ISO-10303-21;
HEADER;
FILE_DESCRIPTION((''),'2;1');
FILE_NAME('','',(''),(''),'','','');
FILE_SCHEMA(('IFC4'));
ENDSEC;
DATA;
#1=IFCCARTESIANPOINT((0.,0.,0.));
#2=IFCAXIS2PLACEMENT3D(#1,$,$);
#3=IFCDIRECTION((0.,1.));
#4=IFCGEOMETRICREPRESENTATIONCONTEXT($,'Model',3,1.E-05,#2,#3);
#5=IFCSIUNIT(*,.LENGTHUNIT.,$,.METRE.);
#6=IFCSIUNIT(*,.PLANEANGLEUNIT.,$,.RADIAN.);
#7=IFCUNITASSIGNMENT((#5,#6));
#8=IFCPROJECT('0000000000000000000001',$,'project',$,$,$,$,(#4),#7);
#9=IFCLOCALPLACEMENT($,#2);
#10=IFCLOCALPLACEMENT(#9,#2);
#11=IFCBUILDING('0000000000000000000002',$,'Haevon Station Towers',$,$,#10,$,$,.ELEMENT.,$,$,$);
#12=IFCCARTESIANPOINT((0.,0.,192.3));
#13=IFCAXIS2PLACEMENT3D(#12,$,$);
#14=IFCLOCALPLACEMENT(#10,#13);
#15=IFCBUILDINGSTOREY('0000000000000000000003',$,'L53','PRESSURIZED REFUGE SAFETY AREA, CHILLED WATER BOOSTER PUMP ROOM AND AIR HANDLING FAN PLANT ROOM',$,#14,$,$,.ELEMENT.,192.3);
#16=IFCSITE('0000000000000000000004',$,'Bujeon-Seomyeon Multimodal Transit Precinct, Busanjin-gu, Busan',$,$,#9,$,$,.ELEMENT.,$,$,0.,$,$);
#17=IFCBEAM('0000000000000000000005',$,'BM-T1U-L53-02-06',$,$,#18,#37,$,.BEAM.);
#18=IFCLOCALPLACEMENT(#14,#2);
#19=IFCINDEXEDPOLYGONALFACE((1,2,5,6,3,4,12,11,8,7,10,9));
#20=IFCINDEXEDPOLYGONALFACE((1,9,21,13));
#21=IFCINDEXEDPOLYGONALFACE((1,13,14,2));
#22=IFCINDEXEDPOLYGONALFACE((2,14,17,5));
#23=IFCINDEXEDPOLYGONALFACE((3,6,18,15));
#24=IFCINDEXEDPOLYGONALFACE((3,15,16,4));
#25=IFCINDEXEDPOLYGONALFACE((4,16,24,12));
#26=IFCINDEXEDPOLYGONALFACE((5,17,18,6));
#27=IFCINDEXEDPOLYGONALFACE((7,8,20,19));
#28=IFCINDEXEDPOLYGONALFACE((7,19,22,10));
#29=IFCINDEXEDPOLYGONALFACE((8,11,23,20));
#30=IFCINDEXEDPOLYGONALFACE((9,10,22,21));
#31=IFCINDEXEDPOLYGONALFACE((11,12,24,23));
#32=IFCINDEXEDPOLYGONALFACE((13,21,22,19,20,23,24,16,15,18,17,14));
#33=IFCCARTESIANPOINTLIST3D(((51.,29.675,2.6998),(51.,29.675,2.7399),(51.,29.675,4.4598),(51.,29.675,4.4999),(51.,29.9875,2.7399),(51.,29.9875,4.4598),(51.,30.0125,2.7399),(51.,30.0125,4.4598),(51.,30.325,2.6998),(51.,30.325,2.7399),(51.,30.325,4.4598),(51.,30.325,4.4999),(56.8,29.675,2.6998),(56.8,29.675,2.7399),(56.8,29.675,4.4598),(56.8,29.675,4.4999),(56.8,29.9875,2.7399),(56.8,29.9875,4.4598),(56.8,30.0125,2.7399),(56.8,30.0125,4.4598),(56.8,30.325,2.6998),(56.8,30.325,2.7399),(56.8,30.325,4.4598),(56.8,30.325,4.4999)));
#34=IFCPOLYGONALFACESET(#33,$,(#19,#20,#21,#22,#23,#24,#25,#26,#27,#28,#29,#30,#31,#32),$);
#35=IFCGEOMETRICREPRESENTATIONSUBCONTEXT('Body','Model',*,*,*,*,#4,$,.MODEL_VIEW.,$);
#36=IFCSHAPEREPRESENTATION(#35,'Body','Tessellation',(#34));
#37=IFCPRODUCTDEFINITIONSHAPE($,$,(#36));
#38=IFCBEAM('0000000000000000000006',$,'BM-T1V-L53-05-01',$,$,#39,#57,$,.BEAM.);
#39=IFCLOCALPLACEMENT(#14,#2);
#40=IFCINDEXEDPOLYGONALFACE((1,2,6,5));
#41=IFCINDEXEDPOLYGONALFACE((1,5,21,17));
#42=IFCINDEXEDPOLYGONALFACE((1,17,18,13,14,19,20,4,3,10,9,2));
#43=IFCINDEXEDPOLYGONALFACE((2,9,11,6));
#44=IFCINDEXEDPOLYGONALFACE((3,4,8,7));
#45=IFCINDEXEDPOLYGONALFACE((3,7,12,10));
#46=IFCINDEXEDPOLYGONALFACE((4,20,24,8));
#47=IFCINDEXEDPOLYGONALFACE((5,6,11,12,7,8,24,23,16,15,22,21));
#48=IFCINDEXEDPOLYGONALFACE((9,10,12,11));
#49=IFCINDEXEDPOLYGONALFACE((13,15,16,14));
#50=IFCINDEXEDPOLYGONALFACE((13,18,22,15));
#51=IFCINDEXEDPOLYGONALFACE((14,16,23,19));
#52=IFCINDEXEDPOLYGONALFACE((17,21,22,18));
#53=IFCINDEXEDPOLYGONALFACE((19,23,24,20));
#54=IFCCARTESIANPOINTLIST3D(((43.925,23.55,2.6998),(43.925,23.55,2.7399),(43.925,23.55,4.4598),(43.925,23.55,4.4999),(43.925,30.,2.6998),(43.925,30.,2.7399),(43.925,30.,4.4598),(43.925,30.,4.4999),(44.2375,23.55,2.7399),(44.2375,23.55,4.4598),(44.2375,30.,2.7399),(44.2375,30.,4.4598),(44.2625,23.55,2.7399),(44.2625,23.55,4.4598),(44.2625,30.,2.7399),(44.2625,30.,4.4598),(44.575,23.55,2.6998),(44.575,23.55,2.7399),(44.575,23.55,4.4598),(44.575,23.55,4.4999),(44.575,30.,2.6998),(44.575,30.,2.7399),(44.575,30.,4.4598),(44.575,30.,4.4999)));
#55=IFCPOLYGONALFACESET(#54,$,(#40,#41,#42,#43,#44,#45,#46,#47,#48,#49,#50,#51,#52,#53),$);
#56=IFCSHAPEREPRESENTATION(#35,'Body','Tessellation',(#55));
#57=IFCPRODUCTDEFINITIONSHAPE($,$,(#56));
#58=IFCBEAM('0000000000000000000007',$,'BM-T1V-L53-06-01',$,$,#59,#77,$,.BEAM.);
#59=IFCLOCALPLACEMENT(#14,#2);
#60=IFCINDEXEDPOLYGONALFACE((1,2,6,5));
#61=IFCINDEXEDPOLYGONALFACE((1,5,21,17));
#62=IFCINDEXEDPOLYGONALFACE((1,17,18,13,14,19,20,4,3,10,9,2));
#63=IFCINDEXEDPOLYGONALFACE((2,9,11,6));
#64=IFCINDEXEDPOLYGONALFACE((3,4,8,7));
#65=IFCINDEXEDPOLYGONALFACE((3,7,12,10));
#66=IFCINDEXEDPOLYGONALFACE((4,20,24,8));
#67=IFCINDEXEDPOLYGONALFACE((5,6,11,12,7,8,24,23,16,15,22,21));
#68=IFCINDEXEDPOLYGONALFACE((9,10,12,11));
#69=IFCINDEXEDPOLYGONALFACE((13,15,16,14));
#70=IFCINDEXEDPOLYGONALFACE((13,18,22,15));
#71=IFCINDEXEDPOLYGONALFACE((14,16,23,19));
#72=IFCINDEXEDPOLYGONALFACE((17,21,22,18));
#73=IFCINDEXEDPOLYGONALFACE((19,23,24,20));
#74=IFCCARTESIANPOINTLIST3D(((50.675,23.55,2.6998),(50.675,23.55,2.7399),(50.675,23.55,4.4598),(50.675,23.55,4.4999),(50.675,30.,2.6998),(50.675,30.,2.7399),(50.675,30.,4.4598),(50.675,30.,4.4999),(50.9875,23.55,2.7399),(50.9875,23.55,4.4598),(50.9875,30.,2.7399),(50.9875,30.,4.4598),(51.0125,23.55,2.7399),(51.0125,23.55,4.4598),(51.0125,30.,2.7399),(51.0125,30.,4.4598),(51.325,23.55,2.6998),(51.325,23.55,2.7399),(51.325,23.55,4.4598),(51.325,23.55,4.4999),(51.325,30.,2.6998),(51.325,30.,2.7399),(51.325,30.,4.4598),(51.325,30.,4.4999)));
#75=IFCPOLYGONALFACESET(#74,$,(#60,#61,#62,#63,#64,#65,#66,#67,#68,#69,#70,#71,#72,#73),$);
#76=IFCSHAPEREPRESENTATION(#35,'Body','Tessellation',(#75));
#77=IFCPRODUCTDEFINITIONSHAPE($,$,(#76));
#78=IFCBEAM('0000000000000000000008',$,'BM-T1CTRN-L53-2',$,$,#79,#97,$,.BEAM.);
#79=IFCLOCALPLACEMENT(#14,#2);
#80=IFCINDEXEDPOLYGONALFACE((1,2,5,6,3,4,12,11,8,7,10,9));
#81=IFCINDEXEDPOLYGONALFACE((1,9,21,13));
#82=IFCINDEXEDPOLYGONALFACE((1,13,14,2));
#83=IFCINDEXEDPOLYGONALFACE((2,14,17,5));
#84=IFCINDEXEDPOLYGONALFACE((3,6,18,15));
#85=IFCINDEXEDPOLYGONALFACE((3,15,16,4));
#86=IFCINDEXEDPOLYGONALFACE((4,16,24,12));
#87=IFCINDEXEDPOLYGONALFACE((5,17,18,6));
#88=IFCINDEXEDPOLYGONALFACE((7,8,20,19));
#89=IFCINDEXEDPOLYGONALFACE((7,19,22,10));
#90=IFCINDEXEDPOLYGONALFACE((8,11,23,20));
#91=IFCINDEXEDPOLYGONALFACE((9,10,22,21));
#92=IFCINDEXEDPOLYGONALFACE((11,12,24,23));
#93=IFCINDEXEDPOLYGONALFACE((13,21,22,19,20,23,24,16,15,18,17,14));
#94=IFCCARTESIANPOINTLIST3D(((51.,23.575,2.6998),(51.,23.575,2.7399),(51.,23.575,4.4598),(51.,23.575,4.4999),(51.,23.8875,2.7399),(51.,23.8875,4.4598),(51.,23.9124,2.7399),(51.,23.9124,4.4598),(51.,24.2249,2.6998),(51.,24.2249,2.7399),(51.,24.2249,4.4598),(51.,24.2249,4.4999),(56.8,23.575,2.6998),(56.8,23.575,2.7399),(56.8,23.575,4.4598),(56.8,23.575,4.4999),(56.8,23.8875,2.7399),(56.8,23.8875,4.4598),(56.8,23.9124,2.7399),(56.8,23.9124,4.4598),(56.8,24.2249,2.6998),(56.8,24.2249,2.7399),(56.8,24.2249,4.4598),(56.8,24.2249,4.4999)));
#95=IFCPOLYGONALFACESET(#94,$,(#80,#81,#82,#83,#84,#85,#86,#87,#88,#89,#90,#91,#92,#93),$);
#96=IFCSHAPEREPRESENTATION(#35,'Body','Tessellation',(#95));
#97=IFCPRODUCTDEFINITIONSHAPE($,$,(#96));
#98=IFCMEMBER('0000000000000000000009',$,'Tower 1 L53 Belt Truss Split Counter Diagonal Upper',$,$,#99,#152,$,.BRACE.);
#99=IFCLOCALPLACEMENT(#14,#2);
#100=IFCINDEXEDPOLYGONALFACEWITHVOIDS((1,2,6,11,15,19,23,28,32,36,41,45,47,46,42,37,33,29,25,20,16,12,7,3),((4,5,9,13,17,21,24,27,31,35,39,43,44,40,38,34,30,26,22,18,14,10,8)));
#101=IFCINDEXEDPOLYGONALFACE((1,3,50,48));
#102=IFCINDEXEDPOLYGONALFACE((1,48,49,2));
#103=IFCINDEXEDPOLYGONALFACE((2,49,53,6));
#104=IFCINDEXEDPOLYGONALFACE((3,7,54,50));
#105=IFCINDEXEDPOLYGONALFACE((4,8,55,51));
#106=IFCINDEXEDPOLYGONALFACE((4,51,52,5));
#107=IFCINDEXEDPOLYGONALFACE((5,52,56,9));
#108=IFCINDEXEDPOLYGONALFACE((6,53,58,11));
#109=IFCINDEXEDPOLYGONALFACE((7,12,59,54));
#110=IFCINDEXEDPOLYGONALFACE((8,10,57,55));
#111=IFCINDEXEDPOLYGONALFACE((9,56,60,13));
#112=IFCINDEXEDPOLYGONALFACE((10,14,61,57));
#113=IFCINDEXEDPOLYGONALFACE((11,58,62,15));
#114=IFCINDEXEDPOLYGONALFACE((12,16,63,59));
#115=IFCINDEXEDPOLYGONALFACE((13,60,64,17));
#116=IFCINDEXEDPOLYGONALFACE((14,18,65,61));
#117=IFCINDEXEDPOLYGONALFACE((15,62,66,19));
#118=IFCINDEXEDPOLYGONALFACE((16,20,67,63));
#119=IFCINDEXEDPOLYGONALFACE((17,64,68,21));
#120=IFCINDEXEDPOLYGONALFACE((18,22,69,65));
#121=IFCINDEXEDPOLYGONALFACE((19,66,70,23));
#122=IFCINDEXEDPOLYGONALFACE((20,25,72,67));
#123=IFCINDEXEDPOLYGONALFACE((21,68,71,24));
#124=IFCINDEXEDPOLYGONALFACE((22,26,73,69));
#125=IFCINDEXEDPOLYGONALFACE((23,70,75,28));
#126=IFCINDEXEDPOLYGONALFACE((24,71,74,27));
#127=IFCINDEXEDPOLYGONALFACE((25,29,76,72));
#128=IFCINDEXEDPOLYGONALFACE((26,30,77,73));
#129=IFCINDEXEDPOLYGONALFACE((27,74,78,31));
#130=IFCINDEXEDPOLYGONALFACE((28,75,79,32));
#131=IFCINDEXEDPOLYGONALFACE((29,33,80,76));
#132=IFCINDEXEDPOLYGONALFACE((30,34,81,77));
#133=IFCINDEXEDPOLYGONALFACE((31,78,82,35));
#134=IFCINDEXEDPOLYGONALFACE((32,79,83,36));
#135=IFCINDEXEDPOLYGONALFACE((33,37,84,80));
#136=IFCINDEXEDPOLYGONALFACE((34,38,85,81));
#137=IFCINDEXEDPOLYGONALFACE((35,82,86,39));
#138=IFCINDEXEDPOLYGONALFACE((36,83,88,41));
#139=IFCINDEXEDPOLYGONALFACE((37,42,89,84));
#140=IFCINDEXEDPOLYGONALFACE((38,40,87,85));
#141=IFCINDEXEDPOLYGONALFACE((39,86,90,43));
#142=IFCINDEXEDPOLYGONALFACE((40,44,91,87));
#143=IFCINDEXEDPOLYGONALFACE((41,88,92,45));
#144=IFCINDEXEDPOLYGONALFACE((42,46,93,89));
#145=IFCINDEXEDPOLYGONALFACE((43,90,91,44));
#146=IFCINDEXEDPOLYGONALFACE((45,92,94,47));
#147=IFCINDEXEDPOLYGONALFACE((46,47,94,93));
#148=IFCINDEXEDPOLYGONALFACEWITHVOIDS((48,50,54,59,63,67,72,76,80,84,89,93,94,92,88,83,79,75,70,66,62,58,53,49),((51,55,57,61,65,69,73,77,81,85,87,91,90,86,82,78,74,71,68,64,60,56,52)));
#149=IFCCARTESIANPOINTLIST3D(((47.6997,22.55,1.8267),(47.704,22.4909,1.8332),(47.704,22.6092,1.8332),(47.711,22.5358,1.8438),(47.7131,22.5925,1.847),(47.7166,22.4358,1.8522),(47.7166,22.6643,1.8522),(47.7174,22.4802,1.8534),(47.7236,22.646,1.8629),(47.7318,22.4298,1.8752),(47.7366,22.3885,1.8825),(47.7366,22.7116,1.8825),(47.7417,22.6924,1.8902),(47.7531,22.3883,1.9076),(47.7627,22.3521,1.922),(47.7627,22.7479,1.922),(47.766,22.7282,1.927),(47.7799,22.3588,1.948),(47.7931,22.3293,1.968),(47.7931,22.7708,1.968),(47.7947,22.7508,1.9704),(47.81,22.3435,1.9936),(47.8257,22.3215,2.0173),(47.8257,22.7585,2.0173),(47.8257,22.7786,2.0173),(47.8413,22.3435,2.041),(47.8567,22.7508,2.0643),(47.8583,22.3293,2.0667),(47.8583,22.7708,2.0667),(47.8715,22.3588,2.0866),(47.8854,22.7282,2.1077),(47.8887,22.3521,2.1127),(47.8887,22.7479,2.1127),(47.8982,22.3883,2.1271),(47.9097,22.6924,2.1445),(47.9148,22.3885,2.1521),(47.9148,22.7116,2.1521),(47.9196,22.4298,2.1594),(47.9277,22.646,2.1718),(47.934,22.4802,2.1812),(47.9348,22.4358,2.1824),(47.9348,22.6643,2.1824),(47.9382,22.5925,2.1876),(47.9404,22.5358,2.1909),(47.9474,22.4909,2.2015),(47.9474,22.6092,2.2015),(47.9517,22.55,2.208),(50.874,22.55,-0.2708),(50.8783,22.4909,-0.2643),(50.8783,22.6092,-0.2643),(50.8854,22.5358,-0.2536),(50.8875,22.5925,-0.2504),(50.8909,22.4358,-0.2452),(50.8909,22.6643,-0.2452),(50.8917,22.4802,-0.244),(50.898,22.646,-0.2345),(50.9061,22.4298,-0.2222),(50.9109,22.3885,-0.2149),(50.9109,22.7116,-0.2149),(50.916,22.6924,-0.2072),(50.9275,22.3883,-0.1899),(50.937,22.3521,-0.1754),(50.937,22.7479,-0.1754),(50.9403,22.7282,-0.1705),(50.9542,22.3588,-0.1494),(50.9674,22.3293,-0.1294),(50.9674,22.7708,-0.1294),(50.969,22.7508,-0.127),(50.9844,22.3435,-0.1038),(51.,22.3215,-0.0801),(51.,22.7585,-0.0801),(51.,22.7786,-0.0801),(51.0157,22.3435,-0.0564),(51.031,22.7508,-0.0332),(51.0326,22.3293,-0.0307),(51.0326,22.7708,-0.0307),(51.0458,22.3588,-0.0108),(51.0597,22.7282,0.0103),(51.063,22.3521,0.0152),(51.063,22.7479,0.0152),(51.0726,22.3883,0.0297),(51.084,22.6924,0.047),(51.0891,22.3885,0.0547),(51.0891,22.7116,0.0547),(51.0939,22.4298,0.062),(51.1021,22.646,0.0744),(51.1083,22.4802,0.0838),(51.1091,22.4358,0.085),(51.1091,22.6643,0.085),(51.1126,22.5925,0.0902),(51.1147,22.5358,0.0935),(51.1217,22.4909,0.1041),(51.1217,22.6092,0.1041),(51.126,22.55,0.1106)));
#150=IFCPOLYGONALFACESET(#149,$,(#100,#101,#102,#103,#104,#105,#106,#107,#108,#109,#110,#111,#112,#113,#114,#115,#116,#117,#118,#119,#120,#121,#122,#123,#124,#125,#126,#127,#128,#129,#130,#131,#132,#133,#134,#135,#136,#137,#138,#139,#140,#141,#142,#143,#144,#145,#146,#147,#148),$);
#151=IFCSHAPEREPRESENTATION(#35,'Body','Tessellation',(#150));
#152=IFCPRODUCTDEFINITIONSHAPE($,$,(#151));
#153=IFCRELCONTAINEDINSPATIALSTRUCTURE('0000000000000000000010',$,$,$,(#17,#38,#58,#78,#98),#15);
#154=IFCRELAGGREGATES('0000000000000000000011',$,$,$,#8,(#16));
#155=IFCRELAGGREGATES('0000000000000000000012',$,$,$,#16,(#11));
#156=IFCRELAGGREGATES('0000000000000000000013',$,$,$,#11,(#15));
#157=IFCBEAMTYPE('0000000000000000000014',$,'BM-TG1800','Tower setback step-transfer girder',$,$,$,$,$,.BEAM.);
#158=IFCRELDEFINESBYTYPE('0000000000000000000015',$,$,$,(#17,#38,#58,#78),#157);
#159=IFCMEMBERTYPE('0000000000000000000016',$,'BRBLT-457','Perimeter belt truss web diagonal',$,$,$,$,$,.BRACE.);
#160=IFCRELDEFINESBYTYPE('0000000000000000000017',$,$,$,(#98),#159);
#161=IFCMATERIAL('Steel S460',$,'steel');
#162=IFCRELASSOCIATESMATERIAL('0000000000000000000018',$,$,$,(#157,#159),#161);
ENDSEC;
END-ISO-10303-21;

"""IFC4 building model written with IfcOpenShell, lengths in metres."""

from ifc_helpers import new_model, si_unit, direction, frame, origin, origin_2d, place, context, subcontext, project, spatial, hollow_circle, i_section, extrude, material, material_profile, profile_set, type_object, element, save


model = new_model("IFC4")

# Units and contexts
model_context = context("Model", 3, precision=1e-05, world=origin(), true_north=direction((0.0, 1.0)))
body_context = subcontext(model_context, "Body", "Model", "MODEL_VIEW")
ifc_project = project(units=[si_unit("LENGTHUNIT", "METRE"), si_unit("PLANEANGLEUNIT", "RADIAN")], contexts=[model_context])

# Site, building, storey
site_placement = place(None, origin())
site = spatial("IfcSite", under=ifc_project, at=site_placement, Name="Bujeon-Seomyeon Multimodal Transit Precinct, Busanjin-gu, Busan", CompositionType="ELEMENT", RefElevation=0.0)
building_placement = place(site_placement, origin())
building = spatial("IfcBuilding", under=site, at=building_placement, Name="Haevon Station Towers", CompositionType="ELEMENT")
storey_placement = place(building_placement, frame((0.0, 0.0, 192.3)))
storey = spatial("IfcBuildingStorey", under=building, at=storey_placement, Name="L53", Description="PRESSURIZED REFUGE SAFETY AREA, CHILLED WATER BOOSTER PUMP ROOM AND AIR HANDLING FAN PLANT ROOM", CompositionType="ELEMENT", Elevation=192.3)

# Beams
ifc_material_1 = material(Name="Steel S460", Category="steel")
ifc_material_profile_1 = material_profile(ifc_material_1, i_section(OverallWidth=0.6499, OverallDepth=1.8, WebThickness=0.0249, FlangeThickness=0.04, at=origin_2d()), Name="H-1800x650x25x40")
ifc_profile_set_1 = profile_set([ifc_material_profile_1], Name="Steel S460")
beam_type_1 = type_object("IfcBeamType", Name="BM-TG1800", Description="Tower setback step-transfer girder", PredefinedType="BEAM", material=ifc_profile_set_1)
beam_1_placement = place(storey_placement, frame((51.0, 30.0, 3.5999), z_axis=(1.0, 0.0, 0.0), x_axis=(0.0, 1.0, 0.0)))
element("IfcBeam", 1, at=beam_1_placement, inside=storey, type_object=beam_type_1, Name="BM-T1U-L53-02-06", PredefinedType="BEAM", context=body_context, shape_type="SweptSolid", body=[
    extrude(i_section(OverallWidth=0.6499, OverallDepth=1.8, WebThickness=0.0249, FlangeThickness=0.04, at=origin_2d()), origin(), (0.0, 0.0, 1.0), 5.8),
])
for number, where, z_axis, x_axis, name in (
    (2, (44.25, 23.55, 3.5999), (0.0, 1.0, 0.0), (-1.0, 0.0, 0.0), "BM-T1V-L53-05-01"),
    (3, (51.0, 23.55, 3.5999), (0.0, 1.0, 0.0), (-1.0, 0.0, 0.0), "BM-T1V-L53-06-01"),
):
    element("IfcBeam", number, at=place(storey_placement, frame(where, z_axis=z_axis, x_axis=x_axis)), inside=storey, type_object=beam_type_1, Name=name, PredefinedType="BEAM", context=body_context, shape_type="SweptSolid", body=[
        extrude(i_section(OverallWidth=0.6499, OverallDepth=1.8, WebThickness=0.0249, FlangeThickness=0.04, at=origin_2d()), origin(), (0.0, 0.0, 1.0), 6.45),
    ])
beam_2_placement = place(storey_placement, frame((51.0, 23.8999, 3.5999), z_axis=(1.0, 0.0, 0.0), x_axis=(0.0, 1.0, 0.0)))
element("IfcBeam", 4, at=beam_2_placement, inside=storey, type_object=beam_type_1, Name="BM-T1CTRN-L53-2", PredefinedType="BEAM", context=body_context, shape_type="SweptSolid", body=[
    extrude(i_section(OverallWidth=0.6499, OverallDepth=1.8, WebThickness=0.0249, FlangeThickness=0.04, at=origin_2d()), origin(), (0.0, 0.0, 1.0), 5.8),
])

# Member
ifc_material_profile_2 = material_profile(ifc_material_1, hollow_circle(Radius=0.2285, WallThickness=0.02, at=origin_2d()), Name="CHS-457x20")
ifc_profile_set_2 = profile_set([ifc_material_profile_2], Name="Steel S460")
member_type_1 = type_object("IfcMemberType", Name="BRBLT-457", Description="Perimeter belt truss web diagonal", PredefinedType="BRACE", material=ifc_profile_set_2)
member_1_placement = place(storey_placement, frame((47.8257, 22.55, 2.0173), z_axis=(0.834324, 0.0, -0.551275), x_axis=(0.0, 1.0, 0.0)))
element("IfcMember", 5, at=member_1_placement, inside=storey, type_object=member_type_1, Name="Tower 1 L53 Belt Truss Split Counter Diagonal Upper", PredefinedType="BRACE", context=body_context, shape_type="SweptSolid", body=[
    extrude(hollow_circle(Radius=0.2285, WallThickness=0.02, at=origin_2d()), origin(), (0.0, 0.0, 1.0), 3.8047),
])

save(model, "model.ifc")
